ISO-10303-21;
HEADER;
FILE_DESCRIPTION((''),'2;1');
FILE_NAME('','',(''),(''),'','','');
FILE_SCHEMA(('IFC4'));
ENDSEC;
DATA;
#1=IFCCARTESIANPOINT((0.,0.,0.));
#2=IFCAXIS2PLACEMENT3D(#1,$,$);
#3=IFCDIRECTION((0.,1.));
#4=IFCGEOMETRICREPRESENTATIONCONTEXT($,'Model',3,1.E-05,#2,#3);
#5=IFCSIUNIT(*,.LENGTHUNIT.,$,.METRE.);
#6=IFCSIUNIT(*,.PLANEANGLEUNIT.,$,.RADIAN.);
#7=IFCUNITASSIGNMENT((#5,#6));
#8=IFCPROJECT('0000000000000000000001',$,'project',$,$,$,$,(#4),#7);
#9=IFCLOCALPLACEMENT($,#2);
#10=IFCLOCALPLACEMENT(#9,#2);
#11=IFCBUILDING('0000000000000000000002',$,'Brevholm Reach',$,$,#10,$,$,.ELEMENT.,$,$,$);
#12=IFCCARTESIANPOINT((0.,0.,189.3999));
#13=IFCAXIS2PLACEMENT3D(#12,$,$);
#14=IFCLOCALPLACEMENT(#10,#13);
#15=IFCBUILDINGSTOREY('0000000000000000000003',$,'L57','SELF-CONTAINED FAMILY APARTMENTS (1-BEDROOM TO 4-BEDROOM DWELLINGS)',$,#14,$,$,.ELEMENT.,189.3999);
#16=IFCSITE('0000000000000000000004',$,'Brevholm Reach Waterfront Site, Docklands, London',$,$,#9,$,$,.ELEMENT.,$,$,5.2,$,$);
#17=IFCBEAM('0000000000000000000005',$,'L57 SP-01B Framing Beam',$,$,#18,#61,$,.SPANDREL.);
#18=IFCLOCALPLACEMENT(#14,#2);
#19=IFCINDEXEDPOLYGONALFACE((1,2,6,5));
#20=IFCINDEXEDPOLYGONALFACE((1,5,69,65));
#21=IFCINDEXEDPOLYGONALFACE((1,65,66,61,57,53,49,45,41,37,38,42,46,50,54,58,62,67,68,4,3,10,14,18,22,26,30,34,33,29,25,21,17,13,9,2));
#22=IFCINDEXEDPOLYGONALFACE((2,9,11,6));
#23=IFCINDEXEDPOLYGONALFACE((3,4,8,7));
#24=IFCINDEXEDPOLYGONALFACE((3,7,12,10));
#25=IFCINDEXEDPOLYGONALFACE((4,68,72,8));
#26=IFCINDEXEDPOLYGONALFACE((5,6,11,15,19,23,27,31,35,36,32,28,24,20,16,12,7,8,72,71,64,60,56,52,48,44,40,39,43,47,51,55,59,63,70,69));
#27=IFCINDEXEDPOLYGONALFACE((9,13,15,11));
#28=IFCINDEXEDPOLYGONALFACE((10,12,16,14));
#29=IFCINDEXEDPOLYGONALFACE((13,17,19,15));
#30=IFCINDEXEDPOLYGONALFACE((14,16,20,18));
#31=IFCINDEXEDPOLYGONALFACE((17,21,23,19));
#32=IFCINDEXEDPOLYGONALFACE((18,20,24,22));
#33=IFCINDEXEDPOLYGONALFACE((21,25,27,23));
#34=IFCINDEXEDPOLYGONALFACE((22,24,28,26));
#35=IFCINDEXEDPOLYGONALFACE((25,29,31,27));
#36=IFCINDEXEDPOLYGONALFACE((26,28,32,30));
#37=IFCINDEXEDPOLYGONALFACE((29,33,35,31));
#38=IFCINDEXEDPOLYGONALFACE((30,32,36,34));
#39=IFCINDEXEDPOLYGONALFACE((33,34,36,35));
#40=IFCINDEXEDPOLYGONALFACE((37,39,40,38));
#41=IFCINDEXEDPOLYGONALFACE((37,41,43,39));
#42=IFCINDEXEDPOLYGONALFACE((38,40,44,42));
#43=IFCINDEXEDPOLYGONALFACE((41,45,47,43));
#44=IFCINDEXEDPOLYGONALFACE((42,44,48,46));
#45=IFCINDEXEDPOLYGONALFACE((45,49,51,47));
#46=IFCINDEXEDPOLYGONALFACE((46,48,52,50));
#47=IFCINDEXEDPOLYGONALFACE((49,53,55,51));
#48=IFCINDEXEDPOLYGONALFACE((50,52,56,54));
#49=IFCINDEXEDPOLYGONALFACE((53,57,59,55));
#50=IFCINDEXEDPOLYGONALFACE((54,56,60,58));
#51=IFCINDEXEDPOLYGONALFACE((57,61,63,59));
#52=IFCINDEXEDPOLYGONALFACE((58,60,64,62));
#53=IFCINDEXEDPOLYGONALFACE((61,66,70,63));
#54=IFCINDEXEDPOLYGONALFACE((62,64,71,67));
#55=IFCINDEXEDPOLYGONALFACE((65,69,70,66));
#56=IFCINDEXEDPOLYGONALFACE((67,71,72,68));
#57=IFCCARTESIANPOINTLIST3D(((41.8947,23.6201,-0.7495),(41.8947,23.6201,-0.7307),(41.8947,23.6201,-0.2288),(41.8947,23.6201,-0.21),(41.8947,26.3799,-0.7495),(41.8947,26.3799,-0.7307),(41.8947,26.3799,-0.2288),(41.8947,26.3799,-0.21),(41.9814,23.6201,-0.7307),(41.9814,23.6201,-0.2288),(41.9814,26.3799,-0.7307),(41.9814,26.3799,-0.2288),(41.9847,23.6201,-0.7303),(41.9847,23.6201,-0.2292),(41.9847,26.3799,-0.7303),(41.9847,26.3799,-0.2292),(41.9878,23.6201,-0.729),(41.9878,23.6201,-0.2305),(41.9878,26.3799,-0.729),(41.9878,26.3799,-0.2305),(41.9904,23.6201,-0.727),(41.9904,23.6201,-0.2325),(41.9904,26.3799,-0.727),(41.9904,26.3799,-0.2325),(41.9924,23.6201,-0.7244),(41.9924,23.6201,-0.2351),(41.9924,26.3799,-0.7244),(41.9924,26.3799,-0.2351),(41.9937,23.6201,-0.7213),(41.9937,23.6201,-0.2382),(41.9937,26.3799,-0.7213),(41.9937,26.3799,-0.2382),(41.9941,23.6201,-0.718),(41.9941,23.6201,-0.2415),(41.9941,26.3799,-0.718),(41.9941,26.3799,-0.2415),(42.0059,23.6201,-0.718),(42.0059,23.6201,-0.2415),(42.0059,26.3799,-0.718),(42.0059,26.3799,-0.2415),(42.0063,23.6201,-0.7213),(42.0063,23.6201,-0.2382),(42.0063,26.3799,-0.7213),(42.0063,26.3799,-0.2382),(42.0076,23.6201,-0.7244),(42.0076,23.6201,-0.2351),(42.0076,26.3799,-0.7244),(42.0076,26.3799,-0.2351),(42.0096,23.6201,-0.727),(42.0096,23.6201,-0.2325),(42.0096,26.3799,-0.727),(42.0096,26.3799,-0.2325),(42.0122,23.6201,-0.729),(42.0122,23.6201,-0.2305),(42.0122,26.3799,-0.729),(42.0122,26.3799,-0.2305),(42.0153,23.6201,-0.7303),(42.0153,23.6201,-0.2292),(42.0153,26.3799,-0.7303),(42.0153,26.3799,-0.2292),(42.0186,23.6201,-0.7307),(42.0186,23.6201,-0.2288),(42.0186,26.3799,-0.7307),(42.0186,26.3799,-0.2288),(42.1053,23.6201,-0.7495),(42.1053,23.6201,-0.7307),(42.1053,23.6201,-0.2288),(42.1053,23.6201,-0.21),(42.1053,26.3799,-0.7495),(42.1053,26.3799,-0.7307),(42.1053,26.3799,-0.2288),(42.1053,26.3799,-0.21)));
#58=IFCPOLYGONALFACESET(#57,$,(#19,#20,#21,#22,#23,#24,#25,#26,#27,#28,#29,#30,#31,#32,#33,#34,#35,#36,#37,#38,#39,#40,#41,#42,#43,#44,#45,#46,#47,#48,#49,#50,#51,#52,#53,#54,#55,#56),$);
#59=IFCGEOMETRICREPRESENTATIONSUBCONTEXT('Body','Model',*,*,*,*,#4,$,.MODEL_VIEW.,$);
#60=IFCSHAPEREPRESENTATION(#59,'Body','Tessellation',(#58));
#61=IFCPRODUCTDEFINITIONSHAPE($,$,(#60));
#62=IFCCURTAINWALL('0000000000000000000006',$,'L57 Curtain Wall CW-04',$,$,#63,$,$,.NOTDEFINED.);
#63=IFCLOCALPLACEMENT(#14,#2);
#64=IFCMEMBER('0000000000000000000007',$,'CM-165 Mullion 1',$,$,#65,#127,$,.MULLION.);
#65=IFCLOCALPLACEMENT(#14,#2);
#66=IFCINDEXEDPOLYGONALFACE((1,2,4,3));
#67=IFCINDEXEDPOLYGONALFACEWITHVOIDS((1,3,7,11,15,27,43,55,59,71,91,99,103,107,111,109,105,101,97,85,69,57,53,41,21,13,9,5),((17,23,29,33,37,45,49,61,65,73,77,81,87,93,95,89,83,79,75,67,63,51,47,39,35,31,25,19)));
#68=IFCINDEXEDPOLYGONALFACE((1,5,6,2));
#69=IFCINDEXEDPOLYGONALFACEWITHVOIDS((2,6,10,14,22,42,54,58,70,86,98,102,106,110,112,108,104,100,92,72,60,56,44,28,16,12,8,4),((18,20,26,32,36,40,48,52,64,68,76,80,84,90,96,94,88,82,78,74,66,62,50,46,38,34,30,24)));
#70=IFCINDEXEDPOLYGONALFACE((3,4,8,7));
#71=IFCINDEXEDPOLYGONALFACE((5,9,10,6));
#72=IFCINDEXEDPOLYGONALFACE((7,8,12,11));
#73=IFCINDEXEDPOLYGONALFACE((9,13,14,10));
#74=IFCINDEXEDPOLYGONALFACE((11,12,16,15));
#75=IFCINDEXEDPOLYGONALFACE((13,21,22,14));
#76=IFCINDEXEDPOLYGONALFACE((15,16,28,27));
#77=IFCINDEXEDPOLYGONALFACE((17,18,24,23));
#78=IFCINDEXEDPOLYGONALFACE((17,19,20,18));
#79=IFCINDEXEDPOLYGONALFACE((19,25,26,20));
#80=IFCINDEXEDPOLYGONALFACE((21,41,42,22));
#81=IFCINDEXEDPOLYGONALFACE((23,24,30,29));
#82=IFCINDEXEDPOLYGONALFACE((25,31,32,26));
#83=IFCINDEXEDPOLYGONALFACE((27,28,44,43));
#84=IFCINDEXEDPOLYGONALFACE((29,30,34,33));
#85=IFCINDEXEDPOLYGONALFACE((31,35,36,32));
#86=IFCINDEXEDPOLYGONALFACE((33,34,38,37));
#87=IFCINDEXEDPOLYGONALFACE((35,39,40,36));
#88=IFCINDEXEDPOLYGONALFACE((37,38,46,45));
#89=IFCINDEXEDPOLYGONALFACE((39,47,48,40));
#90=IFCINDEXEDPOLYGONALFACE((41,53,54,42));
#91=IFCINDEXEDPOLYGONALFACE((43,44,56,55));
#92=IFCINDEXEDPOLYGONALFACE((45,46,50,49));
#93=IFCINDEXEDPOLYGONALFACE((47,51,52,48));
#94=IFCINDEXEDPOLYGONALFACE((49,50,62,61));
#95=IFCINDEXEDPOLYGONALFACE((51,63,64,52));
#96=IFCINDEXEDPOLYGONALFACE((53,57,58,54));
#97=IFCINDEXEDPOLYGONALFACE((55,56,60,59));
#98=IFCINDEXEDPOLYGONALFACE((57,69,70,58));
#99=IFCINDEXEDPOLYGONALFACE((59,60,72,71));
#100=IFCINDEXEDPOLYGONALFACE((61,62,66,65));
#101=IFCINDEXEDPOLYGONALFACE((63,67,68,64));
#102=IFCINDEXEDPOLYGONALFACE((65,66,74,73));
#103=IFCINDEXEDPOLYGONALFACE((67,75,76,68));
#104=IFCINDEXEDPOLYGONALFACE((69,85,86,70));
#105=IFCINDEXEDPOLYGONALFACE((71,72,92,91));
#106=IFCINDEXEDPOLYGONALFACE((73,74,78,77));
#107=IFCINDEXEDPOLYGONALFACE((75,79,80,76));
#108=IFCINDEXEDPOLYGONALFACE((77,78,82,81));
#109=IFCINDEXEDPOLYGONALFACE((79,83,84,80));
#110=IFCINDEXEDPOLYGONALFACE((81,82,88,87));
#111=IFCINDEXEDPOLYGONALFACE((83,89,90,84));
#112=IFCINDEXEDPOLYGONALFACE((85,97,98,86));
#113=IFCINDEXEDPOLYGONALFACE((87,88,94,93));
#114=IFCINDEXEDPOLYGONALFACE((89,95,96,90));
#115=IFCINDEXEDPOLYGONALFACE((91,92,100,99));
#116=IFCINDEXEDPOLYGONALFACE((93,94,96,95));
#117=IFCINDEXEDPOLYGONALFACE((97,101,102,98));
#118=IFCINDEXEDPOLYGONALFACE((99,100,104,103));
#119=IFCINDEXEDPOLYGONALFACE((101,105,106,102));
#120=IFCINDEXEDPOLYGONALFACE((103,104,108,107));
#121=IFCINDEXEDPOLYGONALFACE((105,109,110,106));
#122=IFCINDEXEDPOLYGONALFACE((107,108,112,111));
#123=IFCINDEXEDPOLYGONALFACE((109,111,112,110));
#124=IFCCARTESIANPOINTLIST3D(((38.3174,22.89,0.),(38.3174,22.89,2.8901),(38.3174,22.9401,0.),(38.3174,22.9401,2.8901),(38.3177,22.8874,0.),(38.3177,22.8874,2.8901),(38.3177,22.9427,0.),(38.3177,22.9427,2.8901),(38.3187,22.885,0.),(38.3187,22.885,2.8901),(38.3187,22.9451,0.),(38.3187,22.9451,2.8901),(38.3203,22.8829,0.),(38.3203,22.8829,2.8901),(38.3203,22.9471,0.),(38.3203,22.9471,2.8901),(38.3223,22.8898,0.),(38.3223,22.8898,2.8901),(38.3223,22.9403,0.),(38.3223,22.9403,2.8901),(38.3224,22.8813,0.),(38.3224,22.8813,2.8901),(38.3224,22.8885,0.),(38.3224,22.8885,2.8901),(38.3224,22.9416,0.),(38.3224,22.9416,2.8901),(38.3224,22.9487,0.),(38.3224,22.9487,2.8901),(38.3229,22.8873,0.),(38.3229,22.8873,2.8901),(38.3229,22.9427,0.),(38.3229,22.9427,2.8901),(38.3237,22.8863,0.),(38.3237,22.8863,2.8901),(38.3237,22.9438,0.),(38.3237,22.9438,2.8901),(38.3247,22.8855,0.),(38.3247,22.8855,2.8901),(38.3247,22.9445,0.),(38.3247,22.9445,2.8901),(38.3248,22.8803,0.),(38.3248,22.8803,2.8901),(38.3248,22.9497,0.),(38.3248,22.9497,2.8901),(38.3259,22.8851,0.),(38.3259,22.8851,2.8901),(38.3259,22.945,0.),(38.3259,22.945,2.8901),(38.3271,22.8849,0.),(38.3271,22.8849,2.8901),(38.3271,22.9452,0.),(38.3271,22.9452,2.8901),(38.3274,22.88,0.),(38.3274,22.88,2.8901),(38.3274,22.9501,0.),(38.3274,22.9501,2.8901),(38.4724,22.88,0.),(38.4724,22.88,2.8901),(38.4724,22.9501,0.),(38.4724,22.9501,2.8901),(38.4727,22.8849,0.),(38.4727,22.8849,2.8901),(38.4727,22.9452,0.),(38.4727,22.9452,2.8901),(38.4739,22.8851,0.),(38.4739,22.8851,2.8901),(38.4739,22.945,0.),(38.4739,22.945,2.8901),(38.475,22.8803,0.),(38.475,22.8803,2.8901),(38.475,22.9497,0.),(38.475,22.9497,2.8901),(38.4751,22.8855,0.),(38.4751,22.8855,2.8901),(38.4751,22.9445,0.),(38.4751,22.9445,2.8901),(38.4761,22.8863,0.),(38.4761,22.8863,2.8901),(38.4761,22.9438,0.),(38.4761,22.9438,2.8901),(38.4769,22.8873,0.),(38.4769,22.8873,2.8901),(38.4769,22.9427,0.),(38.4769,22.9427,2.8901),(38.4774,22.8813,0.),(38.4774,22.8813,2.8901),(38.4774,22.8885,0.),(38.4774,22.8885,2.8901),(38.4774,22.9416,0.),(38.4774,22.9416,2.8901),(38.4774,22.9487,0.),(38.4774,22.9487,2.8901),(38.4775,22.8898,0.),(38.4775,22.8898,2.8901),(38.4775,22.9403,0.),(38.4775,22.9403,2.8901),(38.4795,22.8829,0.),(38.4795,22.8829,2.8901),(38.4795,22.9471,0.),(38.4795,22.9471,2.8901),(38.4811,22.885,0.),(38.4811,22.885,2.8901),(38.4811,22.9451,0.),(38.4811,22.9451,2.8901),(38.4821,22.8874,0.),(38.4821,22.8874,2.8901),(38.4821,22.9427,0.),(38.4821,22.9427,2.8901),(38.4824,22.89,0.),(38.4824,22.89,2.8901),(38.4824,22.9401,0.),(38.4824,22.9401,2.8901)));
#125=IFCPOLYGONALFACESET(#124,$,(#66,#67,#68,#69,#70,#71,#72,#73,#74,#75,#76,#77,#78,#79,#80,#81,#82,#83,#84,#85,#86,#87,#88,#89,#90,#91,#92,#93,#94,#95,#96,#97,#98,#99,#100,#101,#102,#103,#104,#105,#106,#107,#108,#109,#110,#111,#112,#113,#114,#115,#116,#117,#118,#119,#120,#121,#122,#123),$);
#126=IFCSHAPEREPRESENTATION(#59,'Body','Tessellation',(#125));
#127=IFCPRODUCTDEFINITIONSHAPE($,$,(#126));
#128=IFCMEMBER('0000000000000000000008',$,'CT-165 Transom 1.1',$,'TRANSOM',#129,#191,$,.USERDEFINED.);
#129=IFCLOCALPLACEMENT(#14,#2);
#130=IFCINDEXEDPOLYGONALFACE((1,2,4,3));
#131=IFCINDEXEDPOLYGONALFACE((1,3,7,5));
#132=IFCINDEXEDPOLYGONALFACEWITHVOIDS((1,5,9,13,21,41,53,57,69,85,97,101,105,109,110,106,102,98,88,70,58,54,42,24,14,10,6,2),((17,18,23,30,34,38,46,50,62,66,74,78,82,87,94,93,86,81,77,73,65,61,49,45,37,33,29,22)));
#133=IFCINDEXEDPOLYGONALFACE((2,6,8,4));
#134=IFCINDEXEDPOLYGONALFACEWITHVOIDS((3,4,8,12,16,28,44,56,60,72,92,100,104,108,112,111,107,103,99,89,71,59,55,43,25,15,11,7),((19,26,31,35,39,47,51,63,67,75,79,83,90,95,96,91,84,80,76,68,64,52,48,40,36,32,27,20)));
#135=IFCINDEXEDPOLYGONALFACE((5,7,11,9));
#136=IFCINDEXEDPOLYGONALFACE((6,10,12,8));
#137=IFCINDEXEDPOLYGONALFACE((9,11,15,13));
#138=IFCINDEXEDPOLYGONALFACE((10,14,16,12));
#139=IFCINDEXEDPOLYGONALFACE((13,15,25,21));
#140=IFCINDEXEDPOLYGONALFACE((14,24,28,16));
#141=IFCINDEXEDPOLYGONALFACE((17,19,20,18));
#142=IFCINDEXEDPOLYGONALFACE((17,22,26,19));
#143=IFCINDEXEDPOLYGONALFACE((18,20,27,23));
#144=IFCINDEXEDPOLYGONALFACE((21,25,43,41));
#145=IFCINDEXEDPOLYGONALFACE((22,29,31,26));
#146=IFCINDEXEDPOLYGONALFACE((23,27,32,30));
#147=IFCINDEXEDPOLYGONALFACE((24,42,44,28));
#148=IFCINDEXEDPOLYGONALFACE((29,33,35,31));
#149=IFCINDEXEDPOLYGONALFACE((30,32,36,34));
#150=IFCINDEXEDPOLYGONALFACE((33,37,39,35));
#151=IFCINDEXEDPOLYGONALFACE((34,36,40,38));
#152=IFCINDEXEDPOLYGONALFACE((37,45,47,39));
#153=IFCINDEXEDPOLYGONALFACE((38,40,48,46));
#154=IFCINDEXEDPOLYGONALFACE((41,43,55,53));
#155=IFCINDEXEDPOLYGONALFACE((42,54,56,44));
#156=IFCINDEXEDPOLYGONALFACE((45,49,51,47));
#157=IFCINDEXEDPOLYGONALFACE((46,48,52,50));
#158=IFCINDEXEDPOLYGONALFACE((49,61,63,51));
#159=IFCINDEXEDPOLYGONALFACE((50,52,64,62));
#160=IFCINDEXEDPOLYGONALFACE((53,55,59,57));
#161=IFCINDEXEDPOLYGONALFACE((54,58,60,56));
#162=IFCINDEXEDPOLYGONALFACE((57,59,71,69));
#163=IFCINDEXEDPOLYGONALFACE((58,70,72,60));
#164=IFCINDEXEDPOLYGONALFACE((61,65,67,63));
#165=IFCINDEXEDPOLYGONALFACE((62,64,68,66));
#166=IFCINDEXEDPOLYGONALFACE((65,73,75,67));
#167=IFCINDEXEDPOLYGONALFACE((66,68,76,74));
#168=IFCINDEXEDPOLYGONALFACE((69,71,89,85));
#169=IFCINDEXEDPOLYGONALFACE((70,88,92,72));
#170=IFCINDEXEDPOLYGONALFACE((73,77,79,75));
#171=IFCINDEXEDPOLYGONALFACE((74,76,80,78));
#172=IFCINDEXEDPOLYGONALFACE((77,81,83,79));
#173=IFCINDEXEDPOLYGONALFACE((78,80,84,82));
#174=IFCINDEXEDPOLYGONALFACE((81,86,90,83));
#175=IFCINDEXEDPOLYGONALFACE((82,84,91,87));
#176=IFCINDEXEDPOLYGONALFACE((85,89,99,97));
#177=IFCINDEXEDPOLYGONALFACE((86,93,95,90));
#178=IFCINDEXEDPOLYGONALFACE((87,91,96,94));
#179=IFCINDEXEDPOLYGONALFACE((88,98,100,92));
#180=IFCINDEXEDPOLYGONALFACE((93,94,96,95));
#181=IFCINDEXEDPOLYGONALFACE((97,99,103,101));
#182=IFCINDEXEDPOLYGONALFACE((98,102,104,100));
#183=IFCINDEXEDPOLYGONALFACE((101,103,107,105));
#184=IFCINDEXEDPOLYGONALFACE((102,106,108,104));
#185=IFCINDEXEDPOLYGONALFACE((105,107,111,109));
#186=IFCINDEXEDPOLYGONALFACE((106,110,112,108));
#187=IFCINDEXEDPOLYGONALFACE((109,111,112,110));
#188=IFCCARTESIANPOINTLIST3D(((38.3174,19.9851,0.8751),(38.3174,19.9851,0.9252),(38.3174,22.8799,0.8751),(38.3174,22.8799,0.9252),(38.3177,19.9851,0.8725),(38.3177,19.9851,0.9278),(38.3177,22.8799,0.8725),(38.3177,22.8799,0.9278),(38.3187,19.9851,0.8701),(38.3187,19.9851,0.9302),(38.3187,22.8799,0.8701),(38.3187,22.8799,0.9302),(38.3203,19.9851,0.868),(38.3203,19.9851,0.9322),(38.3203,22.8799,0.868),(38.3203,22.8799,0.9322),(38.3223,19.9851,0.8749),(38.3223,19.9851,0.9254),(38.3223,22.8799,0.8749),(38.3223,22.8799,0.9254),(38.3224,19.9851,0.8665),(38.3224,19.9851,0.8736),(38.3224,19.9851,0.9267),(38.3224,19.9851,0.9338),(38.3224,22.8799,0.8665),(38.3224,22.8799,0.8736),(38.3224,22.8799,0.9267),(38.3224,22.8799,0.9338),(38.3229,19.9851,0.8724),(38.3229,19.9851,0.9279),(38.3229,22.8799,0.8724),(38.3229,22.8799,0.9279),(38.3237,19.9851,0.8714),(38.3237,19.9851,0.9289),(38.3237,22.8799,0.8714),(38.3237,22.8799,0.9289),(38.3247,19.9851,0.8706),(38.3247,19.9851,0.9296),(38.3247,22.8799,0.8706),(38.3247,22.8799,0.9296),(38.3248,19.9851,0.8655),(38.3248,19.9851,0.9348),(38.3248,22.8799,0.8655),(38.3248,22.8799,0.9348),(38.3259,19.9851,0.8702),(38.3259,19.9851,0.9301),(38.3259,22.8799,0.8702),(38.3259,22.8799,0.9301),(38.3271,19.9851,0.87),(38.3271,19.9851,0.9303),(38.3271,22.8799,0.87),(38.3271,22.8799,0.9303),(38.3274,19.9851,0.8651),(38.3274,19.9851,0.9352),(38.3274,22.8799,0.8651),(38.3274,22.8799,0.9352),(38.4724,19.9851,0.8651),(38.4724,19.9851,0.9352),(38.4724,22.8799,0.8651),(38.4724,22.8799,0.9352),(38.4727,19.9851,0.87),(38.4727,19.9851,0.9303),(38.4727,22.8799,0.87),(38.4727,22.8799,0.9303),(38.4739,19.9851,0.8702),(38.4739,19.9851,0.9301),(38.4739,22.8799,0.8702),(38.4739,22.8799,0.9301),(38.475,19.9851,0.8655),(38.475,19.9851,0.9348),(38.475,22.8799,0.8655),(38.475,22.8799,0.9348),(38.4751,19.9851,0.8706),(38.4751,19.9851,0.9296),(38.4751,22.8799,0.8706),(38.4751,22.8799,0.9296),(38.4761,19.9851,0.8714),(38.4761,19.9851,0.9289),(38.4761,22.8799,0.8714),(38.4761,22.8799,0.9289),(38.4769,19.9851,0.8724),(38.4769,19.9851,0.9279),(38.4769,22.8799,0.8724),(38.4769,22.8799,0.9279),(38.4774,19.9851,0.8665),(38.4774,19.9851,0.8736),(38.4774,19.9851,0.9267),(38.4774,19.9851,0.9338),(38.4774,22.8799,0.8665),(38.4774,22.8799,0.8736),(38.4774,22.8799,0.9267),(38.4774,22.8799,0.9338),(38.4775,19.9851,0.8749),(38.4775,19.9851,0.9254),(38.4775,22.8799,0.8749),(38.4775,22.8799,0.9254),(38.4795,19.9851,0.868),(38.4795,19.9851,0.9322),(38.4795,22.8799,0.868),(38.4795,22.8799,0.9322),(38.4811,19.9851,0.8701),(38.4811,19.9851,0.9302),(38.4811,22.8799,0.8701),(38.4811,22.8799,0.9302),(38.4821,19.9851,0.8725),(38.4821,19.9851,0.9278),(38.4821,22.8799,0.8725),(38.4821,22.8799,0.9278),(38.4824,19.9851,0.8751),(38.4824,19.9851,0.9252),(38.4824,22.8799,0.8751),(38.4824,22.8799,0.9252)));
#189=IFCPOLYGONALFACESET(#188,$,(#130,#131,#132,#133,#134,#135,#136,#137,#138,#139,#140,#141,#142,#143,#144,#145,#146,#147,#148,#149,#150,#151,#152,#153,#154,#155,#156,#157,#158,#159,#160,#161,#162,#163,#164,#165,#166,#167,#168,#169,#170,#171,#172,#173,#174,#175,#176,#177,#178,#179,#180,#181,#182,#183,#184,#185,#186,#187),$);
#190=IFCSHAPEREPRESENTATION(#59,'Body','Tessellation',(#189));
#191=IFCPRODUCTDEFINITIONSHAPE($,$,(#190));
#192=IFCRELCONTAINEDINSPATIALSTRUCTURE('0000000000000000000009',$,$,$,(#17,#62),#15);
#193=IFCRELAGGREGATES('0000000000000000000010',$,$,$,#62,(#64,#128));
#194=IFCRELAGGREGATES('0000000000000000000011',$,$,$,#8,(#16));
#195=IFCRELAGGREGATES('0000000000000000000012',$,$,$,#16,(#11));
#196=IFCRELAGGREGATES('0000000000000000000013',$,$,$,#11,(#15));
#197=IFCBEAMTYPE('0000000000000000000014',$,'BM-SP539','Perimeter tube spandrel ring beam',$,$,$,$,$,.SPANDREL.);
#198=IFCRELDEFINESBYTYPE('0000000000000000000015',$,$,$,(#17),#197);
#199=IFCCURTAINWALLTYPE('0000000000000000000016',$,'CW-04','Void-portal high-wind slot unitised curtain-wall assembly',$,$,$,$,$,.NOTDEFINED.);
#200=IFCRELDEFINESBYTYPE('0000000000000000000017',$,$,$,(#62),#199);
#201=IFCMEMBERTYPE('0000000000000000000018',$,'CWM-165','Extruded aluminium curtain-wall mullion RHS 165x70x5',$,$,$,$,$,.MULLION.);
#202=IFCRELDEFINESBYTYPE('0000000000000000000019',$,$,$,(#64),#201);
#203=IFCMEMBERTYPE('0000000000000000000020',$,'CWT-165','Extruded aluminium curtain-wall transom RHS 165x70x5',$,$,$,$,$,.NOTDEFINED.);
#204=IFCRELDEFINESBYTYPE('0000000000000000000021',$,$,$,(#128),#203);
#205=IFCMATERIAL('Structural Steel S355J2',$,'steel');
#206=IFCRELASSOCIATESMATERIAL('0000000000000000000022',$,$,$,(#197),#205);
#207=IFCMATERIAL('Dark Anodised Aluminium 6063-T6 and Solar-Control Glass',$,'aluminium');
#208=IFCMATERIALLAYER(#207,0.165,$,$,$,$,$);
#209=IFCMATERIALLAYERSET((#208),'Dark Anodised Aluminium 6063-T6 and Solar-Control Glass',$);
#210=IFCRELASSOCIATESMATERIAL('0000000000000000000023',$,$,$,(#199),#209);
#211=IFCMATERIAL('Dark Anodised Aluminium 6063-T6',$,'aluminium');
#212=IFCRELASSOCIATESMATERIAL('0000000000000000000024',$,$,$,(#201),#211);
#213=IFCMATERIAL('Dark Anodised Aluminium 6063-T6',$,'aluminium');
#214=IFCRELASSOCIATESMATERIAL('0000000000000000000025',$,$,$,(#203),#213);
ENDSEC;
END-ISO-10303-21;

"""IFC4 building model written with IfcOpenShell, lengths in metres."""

from ifc_helpers import new_model, si_unit, direction, frame, origin, origin_2d, place, context, subcontext, project, spatial, hollow_rectangle, i_section, extrude, material, layer, layer_set, material_profile, profile_set, type_object, element, aggregate, save


model = new_model("IFC4")

# Units and contexts
model_context = context("Model", 3, precision=1e-05, world=origin(), true_north=direction((0.0, 1.0)))
body_context = subcontext(model_context, "Body", "Model", "MODEL_VIEW")
ifc_project = project(units=[si_unit("LENGTHUNIT", "METRE"), si_unit("PLANEANGLEUNIT", "RADIAN")], contexts=[model_context])

# Site, building, storey
site_placement = place(None, origin())
site = spatial("IfcSite", under=ifc_project, at=site_placement, Name="Brevholm Reach Waterfront Site, Docklands, London", CompositionType="ELEMENT", RefElevation=5.2)
building_placement = place(site_placement, origin())
building = spatial("IfcBuilding", under=site, at=building_placement, Name="Brevholm Reach", CompositionType="ELEMENT")
storey_placement = place(building_placement, frame((0.0, 0.0, 189.3999)))
storey = spatial("IfcBuildingStorey", under=building, at=storey_placement, Name="L57", Description="SELF-CONTAINED FAMILY APARTMENTS (1-BEDROOM TO 4-BEDROOM DWELLINGS)", CompositionType="ELEMENT", Elevation=189.3999)

# Beam
ifc_material_1 = material(Name="Structural Steel S355J2", Category="steel")
ifc_material_profile_1 = material_profile(ifc_material_1, i_section(OverallWidth=0.2107, OverallDepth=0.5396, WebThickness=0.0117, FlangeThickness=0.0188, FilletRadius=0.0127, at=origin_2d()), Name="UKB 533x210x109")
ifc_profile_set_1 = profile_set([ifc_material_profile_1], Name="Structural Steel S355J2")
beam_type_1 = type_object("IfcBeamType", Name="BM-SP539", Description="Perimeter tube spandrel ring beam", PredefinedType="SPANDREL", material=ifc_profile_set_1)
beam_1_placement = place(storey_placement, frame((42.0, 23.6201, -0.4797), z_axis=(0.0, 1.0, 0.0), x_axis=(-1.0, 0.0, 0.0)))
element("IfcBeam", 1, at=beam_1_placement, inside=storey, type_object=beam_type_1, Name="L57 SP-01B Framing Beam", PredefinedType="SPANDREL", context=body_context, shape_type="SweptSolid", body=[
    extrude(i_section(OverallWidth=0.2107, OverallDepth=0.5396, WebThickness=0.0117, FlangeThickness=0.0188, FilletRadius=0.0127, at=origin_2d()), origin(), (0.0, 0.0, 1.0), 2.7598),
])

# Curtain wall, members
ifc_material_2 = material(Name="Dark Anodised Aluminium 6063-T6 and Solar-Control Glass", Category="aluminium")
ifc_layer_1 = layer(ifc_material_2, 0.165)
ifc_layer_set_1 = layer_set([ifc_layer_1], Name="Dark Anodised Aluminium 6063-T6 and Solar-Control Glass")
curtain_wall_type = type_object("IfcCurtainWallType", Name="CW-04", Description="Void-portal high-wind slot unitised curtain-wall assembly", PredefinedType="NOTDEFINED", material=ifc_layer_set_1)
curtain_wall_placement = place(storey_placement, origin())
curtain_wall = element("IfcCurtainWall", 2, at=curtain_wall_placement, inside=storey, type_object=curtain_wall_type, Name="L57 Curtain Wall CW-04", PredefinedType="NOTDEFINED")
ifc_material_3 = material(Name="Dark Anodised Aluminium 6063-T6", Category="aluminium")
ifc_material_profile_2 = material_profile(ifc_material_3, hollow_rectangle(XDim=0.0701, YDim=0.165, WallThickness=0.0049, InnerFilletRadius=0.0049, OuterFilletRadius=0.01, at=origin_2d()), Name="RHS 165x70x5")
ifc_profile_set_2 = profile_set([ifc_material_profile_2], Name="Dark Anodised Aluminium 6063-T6")
member_type_1 = type_object("IfcMemberType", Name="CWM-165", Description="Extruded aluminium curtain-wall mullion RHS 165x70x5", PredefinedType="MULLION", material=ifc_profile_set_2)
member_1_placement = place(storey_placement, frame((38.3999, 22.915, 0.0), z_axis=(0.0, 0.0, 1.0), x_axis=(0.0, -1.0, 0.0)))
member_1 = element("IfcMember", 3, at=member_1_placement, type_object=member_type_1, Name="CM-165 Mullion 1", PredefinedType="MULLION", context=body_context, shape_type="SweptSolid", body=[
    extrude(hollow_rectangle(XDim=0.0701, YDim=0.165, WallThickness=0.0049, InnerFilletRadius=0.0049, OuterFilletRadius=0.01, at=origin_2d()), origin(), (0.0, 0.0, 1.0), 2.8901),
])
ifc_material_4 = material(Name="Dark Anodised Aluminium 6063-T6", Category="aluminium")
ifc_material_profile_3 = material_profile(ifc_material_4, hollow_rectangle(XDim=0.0701, YDim=0.165, WallThickness=0.0049, InnerFilletRadius=0.0049, OuterFilletRadius=0.01, at=origin_2d()), Name="RHS 165x70x5")
ifc_profile_set_3 = profile_set([ifc_material_profile_3], Name="Dark Anodised Aluminium 6063-T6")
member_type_2 = type_object("IfcMemberType", Name="CWT-165", Description="Extruded aluminium curtain-wall transom RHS 165x70x5", PredefinedType="NOTDEFINED", material=ifc_profile_set_3)
member_2_placement = place(storey_placement, frame((38.3999, 22.8799, 0.9001), z_axis=(0.0, -1.0, 0.0), x_axis=(0.0, 0.0, 1.0)))
member_2 = element("IfcMember", 4, at=member_2_placement, type_object=member_type_2, Name="CT-165 Transom 1.1", ObjectType="TRANSOM", PredefinedType="USERDEFINED", context=body_context, shape_type="SweptSolid", body=[
    extrude(hollow_rectangle(XDim=0.0701, YDim=0.165, WallThickness=0.0049, InnerFilletRadius=0.0049, OuterFilletRadius=0.01, at=origin_2d()), origin(), (0.0, 0.0, 1.0), 2.8948),
])
aggregate(curtain_wall, [member_1, member_2])

save(model, "model.ifc")
